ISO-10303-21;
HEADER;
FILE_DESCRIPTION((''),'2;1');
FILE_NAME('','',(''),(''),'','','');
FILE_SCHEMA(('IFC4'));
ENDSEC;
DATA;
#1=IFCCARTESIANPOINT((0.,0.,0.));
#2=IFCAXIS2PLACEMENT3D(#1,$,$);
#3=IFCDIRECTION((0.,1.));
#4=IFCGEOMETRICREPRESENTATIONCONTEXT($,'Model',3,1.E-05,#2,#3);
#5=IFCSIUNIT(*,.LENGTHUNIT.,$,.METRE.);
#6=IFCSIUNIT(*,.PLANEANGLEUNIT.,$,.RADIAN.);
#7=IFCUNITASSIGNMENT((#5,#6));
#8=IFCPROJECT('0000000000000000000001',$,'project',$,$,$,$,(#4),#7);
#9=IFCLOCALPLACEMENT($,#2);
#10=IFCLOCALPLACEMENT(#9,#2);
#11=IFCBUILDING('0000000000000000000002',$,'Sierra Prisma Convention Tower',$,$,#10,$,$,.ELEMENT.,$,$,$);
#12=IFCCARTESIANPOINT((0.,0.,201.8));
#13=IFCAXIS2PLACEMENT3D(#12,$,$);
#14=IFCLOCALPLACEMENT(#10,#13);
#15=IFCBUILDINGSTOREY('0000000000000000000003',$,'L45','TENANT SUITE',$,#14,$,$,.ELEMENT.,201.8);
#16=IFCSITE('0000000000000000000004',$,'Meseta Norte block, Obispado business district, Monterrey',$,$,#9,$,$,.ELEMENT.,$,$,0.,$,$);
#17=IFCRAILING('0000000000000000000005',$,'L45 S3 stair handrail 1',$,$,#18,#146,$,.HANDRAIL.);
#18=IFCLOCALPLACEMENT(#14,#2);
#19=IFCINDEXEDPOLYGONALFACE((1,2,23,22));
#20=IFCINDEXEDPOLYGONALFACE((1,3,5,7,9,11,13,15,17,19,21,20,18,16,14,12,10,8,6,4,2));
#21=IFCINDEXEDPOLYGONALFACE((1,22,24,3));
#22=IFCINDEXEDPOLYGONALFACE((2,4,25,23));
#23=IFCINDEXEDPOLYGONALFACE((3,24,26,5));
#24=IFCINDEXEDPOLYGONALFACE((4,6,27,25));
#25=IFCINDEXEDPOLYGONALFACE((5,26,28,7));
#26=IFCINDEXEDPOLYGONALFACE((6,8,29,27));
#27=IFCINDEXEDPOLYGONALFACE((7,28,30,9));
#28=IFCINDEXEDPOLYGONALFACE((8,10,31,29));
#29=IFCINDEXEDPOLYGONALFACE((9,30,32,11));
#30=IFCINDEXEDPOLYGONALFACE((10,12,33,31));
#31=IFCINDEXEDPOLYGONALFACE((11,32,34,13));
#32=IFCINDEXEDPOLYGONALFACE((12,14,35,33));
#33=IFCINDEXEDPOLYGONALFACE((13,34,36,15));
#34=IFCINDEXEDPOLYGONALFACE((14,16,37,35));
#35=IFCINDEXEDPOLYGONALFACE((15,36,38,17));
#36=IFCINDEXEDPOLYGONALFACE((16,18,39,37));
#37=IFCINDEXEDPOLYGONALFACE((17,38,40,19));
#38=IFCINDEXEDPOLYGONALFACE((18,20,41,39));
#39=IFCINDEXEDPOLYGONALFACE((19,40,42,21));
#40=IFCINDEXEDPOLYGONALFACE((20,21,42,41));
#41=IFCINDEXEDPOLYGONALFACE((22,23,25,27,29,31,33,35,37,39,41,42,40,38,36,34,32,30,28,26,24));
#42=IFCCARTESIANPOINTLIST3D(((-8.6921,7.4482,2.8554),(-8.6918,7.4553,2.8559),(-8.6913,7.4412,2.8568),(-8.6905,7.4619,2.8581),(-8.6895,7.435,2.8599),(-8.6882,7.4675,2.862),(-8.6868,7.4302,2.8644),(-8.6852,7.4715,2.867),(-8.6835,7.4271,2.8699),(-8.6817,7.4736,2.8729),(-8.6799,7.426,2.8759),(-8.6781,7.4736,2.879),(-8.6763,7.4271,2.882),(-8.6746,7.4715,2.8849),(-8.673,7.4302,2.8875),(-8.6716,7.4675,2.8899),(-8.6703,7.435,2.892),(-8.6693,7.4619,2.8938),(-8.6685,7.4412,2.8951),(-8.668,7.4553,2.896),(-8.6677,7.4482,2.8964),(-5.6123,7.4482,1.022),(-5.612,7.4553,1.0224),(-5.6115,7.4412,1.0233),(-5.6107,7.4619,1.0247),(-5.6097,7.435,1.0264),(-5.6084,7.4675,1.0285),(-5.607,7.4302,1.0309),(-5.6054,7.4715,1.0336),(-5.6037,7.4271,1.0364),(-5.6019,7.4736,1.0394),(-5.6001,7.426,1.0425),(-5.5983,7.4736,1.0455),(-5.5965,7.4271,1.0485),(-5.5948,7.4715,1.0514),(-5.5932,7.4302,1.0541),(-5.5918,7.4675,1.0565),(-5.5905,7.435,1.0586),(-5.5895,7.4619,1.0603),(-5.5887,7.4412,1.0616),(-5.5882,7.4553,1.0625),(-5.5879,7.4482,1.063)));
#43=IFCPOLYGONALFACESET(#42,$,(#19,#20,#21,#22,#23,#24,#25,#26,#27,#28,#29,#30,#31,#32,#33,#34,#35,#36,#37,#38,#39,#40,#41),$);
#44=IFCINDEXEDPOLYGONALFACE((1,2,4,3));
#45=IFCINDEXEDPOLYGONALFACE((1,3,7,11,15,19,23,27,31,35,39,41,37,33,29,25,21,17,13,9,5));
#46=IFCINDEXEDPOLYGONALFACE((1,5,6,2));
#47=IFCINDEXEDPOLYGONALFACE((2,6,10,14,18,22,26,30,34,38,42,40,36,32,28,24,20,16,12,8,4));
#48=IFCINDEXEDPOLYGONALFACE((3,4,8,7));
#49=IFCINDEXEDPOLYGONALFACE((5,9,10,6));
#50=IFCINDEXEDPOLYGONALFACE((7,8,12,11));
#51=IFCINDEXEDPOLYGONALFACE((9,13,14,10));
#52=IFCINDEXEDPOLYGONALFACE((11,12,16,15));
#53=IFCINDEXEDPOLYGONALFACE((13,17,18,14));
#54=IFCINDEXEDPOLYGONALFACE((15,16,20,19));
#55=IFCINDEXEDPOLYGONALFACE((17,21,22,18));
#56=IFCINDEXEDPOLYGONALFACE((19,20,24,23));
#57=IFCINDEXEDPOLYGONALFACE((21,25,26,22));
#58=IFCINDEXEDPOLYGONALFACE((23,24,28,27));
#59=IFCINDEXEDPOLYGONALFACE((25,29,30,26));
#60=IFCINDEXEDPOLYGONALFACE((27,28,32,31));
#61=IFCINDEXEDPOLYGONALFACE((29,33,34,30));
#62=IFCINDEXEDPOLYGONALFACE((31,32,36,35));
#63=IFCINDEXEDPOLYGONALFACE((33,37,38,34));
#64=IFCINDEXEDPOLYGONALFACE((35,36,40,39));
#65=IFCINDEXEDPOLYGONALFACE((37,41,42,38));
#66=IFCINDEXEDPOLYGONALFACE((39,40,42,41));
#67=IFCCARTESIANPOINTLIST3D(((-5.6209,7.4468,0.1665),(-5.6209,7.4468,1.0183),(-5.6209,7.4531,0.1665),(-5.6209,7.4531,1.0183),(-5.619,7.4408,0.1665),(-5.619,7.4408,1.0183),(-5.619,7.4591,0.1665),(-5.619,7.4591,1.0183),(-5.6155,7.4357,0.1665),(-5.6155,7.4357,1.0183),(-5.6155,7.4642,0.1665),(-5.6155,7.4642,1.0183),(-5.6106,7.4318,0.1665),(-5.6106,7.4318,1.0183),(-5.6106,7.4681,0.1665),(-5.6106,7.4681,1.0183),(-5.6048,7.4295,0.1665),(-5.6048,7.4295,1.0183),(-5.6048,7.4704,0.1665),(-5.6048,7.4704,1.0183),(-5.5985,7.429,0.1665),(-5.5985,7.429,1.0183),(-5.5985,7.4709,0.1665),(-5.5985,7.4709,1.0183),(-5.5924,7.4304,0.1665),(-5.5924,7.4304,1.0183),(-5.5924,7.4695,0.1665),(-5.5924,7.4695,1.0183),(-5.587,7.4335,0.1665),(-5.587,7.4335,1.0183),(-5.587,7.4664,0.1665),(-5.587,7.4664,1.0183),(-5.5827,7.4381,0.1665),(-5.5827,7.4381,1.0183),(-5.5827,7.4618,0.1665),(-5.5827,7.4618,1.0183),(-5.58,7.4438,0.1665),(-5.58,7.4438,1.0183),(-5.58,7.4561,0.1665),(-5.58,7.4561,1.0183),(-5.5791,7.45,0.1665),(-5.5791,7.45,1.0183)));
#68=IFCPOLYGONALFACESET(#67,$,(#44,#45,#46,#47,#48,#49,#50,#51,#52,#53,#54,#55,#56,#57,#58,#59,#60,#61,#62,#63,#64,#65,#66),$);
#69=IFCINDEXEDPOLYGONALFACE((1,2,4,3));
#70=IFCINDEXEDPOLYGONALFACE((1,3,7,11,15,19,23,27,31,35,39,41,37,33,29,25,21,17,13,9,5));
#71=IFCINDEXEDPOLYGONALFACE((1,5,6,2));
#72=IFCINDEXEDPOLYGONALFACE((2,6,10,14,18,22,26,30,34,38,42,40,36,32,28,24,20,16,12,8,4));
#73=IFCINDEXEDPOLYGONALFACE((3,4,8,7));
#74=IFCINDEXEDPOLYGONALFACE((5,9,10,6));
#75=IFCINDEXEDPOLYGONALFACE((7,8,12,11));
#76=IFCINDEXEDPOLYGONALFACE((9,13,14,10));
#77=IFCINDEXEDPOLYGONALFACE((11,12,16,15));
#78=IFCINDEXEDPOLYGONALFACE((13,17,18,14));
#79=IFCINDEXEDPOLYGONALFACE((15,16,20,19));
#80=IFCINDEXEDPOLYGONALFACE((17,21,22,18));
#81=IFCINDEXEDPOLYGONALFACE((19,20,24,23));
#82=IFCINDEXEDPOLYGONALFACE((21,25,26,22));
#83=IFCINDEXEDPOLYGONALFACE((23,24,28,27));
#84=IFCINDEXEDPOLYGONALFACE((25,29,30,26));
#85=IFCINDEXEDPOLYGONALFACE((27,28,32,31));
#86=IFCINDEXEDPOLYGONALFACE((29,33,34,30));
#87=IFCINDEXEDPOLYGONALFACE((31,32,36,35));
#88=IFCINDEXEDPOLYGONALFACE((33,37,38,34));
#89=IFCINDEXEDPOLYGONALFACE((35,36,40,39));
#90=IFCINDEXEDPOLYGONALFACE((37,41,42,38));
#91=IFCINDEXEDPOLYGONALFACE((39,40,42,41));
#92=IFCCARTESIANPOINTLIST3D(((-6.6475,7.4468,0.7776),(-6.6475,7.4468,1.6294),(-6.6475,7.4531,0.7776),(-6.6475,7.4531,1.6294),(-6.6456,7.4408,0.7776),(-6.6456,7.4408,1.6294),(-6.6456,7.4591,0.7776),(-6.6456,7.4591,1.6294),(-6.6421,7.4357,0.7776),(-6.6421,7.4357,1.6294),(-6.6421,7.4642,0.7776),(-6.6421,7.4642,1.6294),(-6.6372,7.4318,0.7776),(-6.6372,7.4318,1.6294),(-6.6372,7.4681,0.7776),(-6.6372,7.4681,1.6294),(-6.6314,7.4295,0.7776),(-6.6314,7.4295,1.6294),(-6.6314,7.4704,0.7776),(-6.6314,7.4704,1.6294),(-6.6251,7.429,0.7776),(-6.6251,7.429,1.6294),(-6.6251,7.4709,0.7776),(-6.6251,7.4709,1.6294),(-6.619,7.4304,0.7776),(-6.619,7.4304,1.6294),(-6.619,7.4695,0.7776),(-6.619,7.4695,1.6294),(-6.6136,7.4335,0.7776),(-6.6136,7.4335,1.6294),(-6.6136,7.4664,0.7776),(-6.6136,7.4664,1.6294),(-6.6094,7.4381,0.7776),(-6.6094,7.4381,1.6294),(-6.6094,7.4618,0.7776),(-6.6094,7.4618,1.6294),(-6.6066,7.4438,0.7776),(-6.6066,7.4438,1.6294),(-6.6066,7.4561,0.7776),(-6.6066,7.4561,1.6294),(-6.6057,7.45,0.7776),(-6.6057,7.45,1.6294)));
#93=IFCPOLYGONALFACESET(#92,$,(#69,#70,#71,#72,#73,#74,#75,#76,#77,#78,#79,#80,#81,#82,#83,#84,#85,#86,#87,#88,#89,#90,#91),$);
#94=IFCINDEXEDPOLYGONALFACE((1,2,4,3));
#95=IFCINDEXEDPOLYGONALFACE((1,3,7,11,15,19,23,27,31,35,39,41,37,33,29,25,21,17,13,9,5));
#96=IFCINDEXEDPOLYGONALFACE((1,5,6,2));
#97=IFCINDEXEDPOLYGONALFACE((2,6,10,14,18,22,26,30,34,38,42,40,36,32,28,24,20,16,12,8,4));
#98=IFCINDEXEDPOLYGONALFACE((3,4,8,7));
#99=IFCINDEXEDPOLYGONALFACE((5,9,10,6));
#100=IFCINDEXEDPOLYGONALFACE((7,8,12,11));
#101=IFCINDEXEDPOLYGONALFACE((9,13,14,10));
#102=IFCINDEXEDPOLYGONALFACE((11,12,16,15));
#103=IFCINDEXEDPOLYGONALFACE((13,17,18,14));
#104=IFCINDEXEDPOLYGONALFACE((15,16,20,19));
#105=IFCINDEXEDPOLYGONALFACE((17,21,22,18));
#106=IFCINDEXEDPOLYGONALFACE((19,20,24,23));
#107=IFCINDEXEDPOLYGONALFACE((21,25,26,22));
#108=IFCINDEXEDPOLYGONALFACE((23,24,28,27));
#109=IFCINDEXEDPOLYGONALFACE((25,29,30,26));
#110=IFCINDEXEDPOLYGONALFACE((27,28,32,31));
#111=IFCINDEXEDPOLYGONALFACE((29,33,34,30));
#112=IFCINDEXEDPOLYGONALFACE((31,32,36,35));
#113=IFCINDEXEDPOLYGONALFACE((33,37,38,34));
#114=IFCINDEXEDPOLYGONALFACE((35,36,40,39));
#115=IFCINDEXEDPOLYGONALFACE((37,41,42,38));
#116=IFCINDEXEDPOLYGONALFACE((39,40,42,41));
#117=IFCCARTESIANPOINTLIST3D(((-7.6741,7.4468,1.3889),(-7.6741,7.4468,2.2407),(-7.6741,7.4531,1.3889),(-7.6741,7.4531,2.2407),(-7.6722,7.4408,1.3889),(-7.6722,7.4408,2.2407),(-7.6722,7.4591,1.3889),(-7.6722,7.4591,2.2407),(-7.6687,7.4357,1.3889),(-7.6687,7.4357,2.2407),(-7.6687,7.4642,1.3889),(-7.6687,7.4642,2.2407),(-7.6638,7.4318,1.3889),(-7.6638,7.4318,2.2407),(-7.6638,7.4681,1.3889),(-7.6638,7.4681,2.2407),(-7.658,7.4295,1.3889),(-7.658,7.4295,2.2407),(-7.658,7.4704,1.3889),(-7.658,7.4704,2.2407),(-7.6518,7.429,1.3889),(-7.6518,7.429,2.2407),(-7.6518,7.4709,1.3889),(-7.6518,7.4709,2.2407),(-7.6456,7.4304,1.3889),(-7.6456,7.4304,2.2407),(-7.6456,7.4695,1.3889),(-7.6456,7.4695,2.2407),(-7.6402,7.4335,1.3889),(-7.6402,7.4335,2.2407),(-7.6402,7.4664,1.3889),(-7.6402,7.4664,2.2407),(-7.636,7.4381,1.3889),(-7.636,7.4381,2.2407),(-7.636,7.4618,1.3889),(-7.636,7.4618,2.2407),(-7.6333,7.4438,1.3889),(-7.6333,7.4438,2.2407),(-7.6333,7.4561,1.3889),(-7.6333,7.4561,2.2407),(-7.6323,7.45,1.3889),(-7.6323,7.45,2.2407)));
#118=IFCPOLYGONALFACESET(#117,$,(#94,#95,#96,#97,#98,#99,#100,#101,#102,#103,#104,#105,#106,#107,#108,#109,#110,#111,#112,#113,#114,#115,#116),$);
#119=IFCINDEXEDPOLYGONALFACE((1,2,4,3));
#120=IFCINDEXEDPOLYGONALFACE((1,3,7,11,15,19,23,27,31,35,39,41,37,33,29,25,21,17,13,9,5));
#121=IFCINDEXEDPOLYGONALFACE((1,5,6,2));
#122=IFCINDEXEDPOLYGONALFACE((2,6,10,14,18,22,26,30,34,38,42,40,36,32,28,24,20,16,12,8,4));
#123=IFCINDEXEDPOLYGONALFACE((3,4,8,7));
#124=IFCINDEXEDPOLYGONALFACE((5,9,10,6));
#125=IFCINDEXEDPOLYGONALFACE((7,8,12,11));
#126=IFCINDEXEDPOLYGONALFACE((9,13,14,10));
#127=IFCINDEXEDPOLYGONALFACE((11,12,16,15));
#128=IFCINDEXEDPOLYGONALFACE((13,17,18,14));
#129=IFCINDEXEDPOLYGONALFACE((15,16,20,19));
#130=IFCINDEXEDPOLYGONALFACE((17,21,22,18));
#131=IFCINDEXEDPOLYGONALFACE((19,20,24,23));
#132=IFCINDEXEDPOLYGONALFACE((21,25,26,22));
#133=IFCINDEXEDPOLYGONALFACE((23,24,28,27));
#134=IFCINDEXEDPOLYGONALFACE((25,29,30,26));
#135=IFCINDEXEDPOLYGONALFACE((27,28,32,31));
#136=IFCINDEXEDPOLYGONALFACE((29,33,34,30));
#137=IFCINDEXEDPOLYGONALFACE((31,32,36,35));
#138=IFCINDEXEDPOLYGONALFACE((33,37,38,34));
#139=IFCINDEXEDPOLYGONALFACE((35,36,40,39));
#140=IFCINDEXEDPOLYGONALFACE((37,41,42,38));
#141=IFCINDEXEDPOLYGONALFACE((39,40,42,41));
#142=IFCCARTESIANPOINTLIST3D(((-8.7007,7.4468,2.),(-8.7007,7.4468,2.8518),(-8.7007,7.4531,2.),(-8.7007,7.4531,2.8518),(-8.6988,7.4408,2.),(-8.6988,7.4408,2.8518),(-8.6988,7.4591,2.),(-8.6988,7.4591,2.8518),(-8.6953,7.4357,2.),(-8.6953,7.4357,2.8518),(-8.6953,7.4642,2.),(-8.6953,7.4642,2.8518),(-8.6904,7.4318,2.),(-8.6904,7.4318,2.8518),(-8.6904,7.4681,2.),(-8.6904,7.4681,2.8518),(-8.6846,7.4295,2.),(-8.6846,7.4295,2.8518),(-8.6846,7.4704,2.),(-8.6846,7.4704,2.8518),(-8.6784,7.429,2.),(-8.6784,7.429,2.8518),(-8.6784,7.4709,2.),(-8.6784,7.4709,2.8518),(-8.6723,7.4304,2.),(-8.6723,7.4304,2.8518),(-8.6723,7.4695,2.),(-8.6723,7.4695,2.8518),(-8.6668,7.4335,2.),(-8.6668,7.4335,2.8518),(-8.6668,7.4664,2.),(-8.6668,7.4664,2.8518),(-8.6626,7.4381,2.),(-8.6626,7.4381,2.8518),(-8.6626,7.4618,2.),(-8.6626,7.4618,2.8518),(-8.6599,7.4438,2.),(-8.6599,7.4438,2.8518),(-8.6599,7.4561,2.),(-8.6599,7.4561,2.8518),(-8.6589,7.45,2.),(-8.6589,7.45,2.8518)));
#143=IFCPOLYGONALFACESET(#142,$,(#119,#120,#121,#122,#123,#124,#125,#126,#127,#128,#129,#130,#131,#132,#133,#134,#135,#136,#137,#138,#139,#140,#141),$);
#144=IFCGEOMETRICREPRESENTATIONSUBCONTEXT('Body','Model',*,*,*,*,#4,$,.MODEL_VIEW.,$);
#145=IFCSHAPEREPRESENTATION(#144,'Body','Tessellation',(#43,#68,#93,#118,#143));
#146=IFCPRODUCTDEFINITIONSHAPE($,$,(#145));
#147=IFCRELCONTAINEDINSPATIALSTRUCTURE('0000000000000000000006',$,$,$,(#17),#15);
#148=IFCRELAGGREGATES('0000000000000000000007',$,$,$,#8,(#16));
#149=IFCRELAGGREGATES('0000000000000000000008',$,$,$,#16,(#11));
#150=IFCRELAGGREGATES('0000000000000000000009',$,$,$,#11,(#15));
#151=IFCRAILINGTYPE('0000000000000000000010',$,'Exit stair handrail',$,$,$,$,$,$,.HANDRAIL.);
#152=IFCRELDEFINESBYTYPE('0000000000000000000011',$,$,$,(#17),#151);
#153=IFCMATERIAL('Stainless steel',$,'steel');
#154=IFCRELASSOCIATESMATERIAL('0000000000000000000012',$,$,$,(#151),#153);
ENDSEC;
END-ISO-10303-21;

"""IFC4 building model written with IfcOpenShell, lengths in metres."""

from ifc_helpers import new_model, si_unit, direction, frame, origin, origin_2d, place, context, subcontext, project, spatial, circle, extrude, material, type_object, element, save


model = new_model("IFC4")

# Units and contexts
model_context = context("Model", 3, precision=1e-05, world=origin(), true_north=direction((0.0, 1.0)))
body_context = subcontext(model_context, "Body", "Model", "MODEL_VIEW")
ifc_project = project(units=[si_unit("LENGTHUNIT", "METRE"), si_unit("PLANEANGLEUNIT", "RADIAN")], contexts=[model_context])

# Site, building, storey
site_placement = place(None, origin())
site = spatial("IfcSite", under=ifc_project, at=site_placement, Name="Meseta Norte block, Obispado business district, Monterrey", CompositionType="ELEMENT", RefElevation=0.0)
building_placement = place(site_placement, origin())
building = spatial("IfcBuilding", under=site, at=building_placement, Name="Sierra Prisma Convention Tower", CompositionType="ELEMENT")
storey_placement = place(building_placement, frame((0.0, 0.0, 201.8)))
storey = spatial("IfcBuildingStorey", under=building, at=storey_placement, Name="L45", Description="TENANT SUITE", CompositionType="ELEMENT", Elevation=201.8)

# Railing
ifc_material_1 = material(Name="Stainless steel", Category="steel")
railing_type_1 = type_object("IfcRailingType", Name="Exit stair handrail", PredefinedType="HANDRAIL", material=ifc_material_1)
railing_1_placement = place(storey_placement, frame((-5.6001, 7.45, 0.1665)))
element("IfcRailing", 1, at=railing_1_placement, inside=storey, type_object=railing_type_1, Name="L45 S3 stair handrail 1", PredefinedType="HANDRAIL", context=body_context, shape_type="SweptSolid", body=[
    extrude(circle(Radius=0.0239, at=origin_2d()), frame((0.0, 0.0, 0.876), z_axis=(-0.859261, 0.0, 0.511538), x_axis=(0.0, -1.0, 0.0)), (0.0, 0.0, 1.0), 3.5842),
    extrude(circle(Radius=0.021, at=origin_2d()), origin(), (0.0, 0.0, 1.0), 0.8518),
    extrude(circle(Radius=0.021, at=origin_2d()), frame((-1.0266, 0.0, 0.6111)), (0.0, 0.0, 1.0), 0.8518),
    extrude(circle(Radius=0.021, at=origin_2d()), frame((-2.0532, 0.0, 1.2224)), (0.0, 0.0, 1.0), 0.8518),
    extrude(circle(Radius=0.021, at=origin_2d()), frame((-3.0798, 0.0, 1.8335)), (0.0, 0.0, 1.0), 0.8518),
])

save(model, "model.ifc")
